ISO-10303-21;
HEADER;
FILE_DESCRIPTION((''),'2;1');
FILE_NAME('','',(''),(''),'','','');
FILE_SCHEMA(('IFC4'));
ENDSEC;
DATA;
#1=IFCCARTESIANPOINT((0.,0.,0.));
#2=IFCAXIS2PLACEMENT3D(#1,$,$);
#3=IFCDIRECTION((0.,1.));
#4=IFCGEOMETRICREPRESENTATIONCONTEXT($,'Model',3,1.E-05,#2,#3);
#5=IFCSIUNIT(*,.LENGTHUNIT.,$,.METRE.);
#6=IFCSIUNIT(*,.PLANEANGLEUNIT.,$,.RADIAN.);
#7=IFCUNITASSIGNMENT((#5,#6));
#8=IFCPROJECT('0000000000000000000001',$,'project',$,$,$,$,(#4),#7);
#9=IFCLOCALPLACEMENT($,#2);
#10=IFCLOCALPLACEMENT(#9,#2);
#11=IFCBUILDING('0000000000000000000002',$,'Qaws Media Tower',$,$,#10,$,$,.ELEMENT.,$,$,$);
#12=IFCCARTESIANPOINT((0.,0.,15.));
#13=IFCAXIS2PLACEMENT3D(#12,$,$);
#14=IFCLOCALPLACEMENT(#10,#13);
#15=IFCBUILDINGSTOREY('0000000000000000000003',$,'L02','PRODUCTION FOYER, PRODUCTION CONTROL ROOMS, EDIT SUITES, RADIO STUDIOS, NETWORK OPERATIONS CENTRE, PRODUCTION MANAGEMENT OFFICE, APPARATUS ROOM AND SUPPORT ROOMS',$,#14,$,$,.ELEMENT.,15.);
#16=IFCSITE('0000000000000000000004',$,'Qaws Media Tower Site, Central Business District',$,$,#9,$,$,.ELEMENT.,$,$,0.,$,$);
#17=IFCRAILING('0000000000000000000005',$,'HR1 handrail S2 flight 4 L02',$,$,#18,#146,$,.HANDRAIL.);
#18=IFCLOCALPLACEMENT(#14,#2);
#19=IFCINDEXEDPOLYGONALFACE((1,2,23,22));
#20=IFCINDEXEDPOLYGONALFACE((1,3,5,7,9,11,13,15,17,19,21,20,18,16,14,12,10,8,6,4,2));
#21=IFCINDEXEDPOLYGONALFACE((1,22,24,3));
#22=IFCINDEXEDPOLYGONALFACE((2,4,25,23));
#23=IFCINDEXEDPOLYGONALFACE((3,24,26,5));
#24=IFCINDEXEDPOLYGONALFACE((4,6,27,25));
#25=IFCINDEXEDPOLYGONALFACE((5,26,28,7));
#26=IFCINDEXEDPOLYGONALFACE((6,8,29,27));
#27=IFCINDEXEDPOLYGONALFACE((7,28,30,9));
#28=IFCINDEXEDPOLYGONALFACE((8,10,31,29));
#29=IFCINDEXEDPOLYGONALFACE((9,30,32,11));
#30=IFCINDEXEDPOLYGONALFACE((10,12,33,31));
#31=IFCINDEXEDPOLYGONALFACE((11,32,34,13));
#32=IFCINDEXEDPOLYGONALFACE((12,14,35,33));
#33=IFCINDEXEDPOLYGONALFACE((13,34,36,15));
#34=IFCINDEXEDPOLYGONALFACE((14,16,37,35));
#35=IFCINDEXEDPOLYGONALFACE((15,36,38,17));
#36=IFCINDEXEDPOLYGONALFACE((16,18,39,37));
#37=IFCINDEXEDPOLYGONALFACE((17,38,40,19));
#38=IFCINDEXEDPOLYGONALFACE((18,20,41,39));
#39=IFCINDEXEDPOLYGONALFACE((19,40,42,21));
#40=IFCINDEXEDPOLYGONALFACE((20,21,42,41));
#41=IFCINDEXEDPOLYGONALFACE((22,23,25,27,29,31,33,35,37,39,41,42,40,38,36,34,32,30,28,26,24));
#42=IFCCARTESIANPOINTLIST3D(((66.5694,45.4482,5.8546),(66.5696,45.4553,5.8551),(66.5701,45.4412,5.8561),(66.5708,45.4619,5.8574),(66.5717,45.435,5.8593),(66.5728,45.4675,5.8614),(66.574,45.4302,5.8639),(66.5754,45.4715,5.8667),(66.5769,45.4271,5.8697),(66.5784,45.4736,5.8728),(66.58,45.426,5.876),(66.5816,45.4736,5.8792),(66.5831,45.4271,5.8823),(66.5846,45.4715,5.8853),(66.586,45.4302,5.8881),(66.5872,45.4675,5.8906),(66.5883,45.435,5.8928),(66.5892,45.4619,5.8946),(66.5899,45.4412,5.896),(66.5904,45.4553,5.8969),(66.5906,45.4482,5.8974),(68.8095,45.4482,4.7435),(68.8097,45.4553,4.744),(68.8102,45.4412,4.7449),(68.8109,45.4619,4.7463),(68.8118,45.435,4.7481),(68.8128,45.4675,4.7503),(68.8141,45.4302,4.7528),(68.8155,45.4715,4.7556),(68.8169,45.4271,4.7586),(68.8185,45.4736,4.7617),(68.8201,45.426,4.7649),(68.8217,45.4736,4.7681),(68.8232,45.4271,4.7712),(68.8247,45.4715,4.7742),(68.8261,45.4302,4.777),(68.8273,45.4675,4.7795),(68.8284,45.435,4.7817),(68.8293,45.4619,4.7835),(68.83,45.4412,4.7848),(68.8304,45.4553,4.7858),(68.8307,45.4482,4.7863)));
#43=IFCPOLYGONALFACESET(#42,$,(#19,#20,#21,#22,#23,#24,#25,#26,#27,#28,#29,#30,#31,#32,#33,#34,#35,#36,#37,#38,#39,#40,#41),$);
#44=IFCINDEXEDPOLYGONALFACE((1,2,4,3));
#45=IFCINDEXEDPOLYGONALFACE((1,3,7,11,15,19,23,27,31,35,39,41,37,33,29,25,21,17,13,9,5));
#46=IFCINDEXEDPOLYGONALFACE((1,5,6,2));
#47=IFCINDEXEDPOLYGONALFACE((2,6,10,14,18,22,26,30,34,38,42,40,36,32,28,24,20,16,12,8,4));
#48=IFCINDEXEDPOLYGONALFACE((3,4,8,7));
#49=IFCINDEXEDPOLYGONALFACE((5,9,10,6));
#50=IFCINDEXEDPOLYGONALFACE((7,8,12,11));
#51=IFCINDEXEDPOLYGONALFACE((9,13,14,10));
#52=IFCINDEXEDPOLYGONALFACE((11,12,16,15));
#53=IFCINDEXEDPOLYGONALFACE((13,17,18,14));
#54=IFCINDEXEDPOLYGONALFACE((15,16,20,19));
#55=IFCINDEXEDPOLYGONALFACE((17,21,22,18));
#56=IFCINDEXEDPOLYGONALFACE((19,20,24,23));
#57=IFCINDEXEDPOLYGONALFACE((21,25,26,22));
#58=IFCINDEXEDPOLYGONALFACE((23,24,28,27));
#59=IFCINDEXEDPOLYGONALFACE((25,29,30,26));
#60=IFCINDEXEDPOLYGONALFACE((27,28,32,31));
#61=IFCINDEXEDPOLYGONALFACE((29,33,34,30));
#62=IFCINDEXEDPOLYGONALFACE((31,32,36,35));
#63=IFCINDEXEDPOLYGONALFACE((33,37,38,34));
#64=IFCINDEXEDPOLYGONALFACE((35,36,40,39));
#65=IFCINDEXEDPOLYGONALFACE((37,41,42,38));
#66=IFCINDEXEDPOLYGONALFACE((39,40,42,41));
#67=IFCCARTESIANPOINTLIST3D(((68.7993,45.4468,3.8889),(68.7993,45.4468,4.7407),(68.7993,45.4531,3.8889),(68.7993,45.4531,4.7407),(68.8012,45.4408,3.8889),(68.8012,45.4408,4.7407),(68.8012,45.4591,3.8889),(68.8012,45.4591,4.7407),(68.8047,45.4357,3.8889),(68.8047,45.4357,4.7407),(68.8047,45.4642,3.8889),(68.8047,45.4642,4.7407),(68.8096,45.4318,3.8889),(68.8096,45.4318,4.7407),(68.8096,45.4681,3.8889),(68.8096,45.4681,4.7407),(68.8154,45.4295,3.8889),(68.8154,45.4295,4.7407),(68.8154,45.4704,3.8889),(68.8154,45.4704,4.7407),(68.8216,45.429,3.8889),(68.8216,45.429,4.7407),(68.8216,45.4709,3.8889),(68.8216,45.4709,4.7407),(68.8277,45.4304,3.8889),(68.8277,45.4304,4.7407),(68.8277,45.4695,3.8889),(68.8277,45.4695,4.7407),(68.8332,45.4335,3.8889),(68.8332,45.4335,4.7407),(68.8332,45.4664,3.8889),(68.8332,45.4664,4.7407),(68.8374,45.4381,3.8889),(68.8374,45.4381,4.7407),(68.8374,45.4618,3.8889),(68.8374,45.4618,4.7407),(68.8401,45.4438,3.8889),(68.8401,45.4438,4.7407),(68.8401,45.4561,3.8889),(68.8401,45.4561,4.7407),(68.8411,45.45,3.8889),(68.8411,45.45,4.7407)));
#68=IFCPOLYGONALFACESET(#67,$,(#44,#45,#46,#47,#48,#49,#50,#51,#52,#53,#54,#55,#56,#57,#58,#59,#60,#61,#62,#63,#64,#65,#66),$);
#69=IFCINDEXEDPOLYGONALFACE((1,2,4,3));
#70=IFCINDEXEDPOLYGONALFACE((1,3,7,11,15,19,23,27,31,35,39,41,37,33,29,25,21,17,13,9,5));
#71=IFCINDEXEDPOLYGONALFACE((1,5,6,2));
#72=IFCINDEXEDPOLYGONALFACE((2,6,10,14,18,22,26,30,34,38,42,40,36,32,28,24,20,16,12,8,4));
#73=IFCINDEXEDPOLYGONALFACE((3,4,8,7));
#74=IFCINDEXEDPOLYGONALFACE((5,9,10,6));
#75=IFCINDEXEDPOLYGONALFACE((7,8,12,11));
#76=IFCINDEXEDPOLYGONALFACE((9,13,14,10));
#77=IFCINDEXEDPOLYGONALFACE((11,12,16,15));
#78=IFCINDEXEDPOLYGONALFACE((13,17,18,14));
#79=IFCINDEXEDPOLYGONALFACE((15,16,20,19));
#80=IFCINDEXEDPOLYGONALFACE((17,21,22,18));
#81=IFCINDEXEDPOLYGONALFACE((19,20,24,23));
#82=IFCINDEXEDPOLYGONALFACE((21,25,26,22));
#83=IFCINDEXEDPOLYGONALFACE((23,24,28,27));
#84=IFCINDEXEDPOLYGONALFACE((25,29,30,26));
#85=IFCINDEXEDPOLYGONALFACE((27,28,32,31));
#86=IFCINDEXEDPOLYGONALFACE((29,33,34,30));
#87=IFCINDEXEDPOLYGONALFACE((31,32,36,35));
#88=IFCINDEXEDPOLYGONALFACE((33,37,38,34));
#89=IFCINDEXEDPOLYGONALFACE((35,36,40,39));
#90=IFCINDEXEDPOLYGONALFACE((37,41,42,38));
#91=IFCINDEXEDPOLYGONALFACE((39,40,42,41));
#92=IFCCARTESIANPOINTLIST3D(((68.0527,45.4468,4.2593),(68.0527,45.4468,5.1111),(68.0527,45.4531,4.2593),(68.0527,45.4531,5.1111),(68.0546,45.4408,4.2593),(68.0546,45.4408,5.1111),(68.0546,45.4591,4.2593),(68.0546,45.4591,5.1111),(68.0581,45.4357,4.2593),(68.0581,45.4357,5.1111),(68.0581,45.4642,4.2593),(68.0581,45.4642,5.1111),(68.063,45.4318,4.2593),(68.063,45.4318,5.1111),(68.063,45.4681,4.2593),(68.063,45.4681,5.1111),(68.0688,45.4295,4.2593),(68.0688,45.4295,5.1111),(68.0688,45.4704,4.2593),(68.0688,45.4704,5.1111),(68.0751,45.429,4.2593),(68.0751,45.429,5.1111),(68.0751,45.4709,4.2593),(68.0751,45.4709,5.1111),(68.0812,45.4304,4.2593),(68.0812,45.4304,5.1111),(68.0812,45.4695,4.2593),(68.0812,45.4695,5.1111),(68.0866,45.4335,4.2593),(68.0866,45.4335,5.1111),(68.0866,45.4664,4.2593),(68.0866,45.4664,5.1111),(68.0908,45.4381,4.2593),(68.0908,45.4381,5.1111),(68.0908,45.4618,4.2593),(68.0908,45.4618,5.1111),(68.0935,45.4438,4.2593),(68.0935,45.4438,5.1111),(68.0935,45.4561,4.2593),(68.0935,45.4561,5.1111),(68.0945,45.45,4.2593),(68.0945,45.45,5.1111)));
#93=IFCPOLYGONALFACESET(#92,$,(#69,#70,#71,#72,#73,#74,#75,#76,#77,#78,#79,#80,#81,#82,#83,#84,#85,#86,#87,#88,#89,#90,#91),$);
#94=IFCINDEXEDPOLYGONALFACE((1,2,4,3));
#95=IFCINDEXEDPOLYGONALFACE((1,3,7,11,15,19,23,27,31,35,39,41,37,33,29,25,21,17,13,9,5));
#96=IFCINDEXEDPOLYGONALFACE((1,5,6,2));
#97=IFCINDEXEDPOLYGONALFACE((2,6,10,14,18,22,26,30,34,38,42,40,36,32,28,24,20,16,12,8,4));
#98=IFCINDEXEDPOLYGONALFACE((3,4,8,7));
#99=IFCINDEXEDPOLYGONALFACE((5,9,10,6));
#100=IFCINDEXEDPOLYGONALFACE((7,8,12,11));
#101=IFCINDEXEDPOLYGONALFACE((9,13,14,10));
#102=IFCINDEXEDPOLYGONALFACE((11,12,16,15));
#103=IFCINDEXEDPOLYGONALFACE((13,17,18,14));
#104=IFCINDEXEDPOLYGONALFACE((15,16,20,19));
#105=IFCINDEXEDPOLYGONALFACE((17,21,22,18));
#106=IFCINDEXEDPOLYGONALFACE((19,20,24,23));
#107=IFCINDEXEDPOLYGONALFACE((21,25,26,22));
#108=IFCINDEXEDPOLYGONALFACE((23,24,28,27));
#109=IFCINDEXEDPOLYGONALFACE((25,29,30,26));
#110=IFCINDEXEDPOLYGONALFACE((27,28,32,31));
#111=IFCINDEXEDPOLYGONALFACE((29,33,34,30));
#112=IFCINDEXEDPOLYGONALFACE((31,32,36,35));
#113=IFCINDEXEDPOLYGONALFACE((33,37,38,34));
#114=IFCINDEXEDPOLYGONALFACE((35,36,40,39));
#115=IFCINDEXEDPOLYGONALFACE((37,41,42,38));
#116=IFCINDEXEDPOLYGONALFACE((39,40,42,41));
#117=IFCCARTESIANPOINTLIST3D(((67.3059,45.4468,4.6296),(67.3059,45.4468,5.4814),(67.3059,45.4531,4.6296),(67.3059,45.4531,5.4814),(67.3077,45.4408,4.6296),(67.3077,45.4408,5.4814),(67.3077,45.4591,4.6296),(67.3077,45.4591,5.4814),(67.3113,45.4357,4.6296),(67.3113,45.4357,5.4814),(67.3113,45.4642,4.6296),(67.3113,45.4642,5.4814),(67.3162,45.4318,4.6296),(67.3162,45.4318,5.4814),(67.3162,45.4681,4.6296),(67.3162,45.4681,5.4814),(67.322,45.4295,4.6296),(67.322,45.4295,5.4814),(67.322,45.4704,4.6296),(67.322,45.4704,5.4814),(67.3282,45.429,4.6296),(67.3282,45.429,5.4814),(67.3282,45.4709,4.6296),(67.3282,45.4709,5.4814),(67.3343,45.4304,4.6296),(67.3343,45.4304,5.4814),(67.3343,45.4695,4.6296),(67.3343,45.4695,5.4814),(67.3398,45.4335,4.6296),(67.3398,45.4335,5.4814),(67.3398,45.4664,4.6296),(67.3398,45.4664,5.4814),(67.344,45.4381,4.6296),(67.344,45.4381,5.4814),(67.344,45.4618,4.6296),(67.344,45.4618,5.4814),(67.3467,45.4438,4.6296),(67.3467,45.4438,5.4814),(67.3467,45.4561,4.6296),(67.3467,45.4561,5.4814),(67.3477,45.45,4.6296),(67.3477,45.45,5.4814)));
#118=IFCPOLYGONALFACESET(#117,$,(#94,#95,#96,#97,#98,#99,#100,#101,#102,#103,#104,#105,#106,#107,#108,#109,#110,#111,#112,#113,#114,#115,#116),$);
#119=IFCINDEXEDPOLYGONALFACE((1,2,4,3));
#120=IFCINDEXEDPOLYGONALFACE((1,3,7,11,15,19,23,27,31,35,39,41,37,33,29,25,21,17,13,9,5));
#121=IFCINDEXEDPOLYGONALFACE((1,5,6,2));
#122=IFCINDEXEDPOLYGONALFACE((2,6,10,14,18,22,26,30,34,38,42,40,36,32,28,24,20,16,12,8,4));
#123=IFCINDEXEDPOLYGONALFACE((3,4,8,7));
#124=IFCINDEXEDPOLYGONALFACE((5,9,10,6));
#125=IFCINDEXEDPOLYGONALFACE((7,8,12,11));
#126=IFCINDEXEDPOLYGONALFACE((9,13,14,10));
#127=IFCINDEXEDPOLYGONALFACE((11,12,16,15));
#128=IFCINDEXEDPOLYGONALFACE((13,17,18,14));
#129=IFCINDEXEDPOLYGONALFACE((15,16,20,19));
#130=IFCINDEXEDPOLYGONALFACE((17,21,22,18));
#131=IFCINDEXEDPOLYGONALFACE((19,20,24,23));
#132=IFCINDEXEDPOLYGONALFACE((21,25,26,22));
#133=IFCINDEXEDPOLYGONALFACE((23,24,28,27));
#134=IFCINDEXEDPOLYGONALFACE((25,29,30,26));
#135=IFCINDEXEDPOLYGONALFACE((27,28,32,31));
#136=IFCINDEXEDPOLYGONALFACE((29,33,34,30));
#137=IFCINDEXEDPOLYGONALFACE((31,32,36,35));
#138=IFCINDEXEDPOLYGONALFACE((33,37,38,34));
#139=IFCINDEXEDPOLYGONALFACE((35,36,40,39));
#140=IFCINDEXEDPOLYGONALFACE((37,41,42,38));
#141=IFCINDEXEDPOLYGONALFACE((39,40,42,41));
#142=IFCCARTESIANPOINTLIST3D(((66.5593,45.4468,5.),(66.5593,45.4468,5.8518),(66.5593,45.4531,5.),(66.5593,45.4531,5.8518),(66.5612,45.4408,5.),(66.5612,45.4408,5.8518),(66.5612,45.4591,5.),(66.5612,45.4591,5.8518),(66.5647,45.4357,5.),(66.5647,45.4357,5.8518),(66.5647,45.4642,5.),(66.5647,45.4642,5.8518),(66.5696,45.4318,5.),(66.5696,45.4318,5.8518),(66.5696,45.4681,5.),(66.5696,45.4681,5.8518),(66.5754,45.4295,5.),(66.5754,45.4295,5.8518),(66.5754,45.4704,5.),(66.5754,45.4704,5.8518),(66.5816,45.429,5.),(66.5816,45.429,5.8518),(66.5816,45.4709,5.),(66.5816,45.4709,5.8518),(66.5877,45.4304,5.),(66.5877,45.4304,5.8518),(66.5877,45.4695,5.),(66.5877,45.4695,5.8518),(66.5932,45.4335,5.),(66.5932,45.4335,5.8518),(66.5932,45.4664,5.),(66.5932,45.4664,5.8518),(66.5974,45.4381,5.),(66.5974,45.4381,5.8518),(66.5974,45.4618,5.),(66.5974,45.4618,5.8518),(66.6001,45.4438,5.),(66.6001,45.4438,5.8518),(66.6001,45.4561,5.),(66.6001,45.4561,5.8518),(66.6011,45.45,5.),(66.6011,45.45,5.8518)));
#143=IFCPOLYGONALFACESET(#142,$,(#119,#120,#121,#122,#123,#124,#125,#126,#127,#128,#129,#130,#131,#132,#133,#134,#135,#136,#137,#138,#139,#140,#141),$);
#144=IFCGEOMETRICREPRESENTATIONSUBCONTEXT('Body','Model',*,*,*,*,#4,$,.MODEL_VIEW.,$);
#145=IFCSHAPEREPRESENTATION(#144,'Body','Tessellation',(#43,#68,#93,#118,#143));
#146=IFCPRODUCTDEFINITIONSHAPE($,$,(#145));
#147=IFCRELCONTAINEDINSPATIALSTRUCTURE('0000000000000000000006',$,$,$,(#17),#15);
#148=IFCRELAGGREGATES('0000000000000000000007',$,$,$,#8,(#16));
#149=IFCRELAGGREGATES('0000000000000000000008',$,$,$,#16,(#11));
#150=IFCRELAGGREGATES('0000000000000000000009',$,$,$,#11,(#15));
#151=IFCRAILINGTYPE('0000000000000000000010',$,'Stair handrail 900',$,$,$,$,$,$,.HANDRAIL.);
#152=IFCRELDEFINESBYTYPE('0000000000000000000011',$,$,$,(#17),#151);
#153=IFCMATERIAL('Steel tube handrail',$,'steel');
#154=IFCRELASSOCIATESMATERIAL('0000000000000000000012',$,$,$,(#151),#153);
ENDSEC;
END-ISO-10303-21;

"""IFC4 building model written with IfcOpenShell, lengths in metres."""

from ifc_helpers import new_model, si_unit, direction, frame, origin, origin_2d, place, context, subcontext, project, spatial, circle, extrude, material, type_object, element, save


model = new_model("IFC4")

# Units and contexts
model_context = context("Model", 3, precision=1e-05, world=origin(), true_north=direction((0.0, 1.0)))
body_context = subcontext(model_context, "Body", "Model", "MODEL_VIEW")
ifc_project = project(units=[si_unit("LENGTHUNIT", "METRE"), si_unit("PLANEANGLEUNIT", "RADIAN")], contexts=[model_context])

# Site, building, storey
site_placement = place(None, origin())
site = spatial("IfcSite", under=ifc_project, at=site_placement, Name="Qaws Media Tower Site, Central Business District", CompositionType="ELEMENT", RefElevation=0.0)
building_placement = place(site_placement, origin())
building = spatial("IfcBuilding", under=site, at=building_placement, Name="Qaws Media Tower", CompositionType="ELEMENT")
storey_placement = place(building_placement, frame((0.0, 0.0, 15.0)))
storey = spatial("IfcBuildingStorey", under=building, at=storey_placement, Name="L02", Description="PRODUCTION FOYER, PRODUCTION CONTROL ROOMS, EDIT SUITES, RADIO STUDIOS, NETWORK OPERATIONS CENTRE, PRODUCTION MANAGEMENT OFFICE, APPARATUS ROOM AND SUPPORT ROOMS", CompositionType="ELEMENT", Elevation=15.0)

# Railing
ifc_material_1 = material(Name="Steel tube handrail", Category="steel")
railing_type = type_object("IfcRailingType", Name="Stair handrail 900", PredefinedType="HANDRAIL", material=ifc_material_1)
for number, where, name in (
    (1, (68.8201, 45.45, 3.8889), "HR1 handrail S2 flight 4 L02"),
):
    element("IfcRailing", number, at=place(storey_placement, frame(where)), inside=storey, type_object=railing_type, Name=name, PredefinedType="HANDRAIL", context=body_context, shape_type="SweptSolid", body=[
        extrude(circle(Radius=0.0239, at=origin_2d()), frame((0.0, 0.0, 0.876), z_axis=(-0.895848, 0.0, 0.44436), x_axis=(0.0, -1.0, 0.0)), (0.0, 0.0, 1.0), 2.5005),
        extrude(circle(Radius=0.021, at=origin_2d()), origin(), (0.0, 0.0, 1.0), 0.8518),
        extrude(circle(Radius=0.021, at=origin_2d()), frame((-0.7466, 0.0, 0.3704)), (0.0, 0.0, 1.0), 0.8518),
        extrude(circle(Radius=0.021, at=origin_2d()), frame((-1.4934, 0.0, 0.7407)), (0.0, 0.0, 1.0), 0.8518),
        extrude(circle(Radius=0.021, at=origin_2d()), frame((-2.24, 0.0, 1.1111)), (0.0, 0.0, 1.0), 0.8518),
    ])

save(model, "model.ifc")
